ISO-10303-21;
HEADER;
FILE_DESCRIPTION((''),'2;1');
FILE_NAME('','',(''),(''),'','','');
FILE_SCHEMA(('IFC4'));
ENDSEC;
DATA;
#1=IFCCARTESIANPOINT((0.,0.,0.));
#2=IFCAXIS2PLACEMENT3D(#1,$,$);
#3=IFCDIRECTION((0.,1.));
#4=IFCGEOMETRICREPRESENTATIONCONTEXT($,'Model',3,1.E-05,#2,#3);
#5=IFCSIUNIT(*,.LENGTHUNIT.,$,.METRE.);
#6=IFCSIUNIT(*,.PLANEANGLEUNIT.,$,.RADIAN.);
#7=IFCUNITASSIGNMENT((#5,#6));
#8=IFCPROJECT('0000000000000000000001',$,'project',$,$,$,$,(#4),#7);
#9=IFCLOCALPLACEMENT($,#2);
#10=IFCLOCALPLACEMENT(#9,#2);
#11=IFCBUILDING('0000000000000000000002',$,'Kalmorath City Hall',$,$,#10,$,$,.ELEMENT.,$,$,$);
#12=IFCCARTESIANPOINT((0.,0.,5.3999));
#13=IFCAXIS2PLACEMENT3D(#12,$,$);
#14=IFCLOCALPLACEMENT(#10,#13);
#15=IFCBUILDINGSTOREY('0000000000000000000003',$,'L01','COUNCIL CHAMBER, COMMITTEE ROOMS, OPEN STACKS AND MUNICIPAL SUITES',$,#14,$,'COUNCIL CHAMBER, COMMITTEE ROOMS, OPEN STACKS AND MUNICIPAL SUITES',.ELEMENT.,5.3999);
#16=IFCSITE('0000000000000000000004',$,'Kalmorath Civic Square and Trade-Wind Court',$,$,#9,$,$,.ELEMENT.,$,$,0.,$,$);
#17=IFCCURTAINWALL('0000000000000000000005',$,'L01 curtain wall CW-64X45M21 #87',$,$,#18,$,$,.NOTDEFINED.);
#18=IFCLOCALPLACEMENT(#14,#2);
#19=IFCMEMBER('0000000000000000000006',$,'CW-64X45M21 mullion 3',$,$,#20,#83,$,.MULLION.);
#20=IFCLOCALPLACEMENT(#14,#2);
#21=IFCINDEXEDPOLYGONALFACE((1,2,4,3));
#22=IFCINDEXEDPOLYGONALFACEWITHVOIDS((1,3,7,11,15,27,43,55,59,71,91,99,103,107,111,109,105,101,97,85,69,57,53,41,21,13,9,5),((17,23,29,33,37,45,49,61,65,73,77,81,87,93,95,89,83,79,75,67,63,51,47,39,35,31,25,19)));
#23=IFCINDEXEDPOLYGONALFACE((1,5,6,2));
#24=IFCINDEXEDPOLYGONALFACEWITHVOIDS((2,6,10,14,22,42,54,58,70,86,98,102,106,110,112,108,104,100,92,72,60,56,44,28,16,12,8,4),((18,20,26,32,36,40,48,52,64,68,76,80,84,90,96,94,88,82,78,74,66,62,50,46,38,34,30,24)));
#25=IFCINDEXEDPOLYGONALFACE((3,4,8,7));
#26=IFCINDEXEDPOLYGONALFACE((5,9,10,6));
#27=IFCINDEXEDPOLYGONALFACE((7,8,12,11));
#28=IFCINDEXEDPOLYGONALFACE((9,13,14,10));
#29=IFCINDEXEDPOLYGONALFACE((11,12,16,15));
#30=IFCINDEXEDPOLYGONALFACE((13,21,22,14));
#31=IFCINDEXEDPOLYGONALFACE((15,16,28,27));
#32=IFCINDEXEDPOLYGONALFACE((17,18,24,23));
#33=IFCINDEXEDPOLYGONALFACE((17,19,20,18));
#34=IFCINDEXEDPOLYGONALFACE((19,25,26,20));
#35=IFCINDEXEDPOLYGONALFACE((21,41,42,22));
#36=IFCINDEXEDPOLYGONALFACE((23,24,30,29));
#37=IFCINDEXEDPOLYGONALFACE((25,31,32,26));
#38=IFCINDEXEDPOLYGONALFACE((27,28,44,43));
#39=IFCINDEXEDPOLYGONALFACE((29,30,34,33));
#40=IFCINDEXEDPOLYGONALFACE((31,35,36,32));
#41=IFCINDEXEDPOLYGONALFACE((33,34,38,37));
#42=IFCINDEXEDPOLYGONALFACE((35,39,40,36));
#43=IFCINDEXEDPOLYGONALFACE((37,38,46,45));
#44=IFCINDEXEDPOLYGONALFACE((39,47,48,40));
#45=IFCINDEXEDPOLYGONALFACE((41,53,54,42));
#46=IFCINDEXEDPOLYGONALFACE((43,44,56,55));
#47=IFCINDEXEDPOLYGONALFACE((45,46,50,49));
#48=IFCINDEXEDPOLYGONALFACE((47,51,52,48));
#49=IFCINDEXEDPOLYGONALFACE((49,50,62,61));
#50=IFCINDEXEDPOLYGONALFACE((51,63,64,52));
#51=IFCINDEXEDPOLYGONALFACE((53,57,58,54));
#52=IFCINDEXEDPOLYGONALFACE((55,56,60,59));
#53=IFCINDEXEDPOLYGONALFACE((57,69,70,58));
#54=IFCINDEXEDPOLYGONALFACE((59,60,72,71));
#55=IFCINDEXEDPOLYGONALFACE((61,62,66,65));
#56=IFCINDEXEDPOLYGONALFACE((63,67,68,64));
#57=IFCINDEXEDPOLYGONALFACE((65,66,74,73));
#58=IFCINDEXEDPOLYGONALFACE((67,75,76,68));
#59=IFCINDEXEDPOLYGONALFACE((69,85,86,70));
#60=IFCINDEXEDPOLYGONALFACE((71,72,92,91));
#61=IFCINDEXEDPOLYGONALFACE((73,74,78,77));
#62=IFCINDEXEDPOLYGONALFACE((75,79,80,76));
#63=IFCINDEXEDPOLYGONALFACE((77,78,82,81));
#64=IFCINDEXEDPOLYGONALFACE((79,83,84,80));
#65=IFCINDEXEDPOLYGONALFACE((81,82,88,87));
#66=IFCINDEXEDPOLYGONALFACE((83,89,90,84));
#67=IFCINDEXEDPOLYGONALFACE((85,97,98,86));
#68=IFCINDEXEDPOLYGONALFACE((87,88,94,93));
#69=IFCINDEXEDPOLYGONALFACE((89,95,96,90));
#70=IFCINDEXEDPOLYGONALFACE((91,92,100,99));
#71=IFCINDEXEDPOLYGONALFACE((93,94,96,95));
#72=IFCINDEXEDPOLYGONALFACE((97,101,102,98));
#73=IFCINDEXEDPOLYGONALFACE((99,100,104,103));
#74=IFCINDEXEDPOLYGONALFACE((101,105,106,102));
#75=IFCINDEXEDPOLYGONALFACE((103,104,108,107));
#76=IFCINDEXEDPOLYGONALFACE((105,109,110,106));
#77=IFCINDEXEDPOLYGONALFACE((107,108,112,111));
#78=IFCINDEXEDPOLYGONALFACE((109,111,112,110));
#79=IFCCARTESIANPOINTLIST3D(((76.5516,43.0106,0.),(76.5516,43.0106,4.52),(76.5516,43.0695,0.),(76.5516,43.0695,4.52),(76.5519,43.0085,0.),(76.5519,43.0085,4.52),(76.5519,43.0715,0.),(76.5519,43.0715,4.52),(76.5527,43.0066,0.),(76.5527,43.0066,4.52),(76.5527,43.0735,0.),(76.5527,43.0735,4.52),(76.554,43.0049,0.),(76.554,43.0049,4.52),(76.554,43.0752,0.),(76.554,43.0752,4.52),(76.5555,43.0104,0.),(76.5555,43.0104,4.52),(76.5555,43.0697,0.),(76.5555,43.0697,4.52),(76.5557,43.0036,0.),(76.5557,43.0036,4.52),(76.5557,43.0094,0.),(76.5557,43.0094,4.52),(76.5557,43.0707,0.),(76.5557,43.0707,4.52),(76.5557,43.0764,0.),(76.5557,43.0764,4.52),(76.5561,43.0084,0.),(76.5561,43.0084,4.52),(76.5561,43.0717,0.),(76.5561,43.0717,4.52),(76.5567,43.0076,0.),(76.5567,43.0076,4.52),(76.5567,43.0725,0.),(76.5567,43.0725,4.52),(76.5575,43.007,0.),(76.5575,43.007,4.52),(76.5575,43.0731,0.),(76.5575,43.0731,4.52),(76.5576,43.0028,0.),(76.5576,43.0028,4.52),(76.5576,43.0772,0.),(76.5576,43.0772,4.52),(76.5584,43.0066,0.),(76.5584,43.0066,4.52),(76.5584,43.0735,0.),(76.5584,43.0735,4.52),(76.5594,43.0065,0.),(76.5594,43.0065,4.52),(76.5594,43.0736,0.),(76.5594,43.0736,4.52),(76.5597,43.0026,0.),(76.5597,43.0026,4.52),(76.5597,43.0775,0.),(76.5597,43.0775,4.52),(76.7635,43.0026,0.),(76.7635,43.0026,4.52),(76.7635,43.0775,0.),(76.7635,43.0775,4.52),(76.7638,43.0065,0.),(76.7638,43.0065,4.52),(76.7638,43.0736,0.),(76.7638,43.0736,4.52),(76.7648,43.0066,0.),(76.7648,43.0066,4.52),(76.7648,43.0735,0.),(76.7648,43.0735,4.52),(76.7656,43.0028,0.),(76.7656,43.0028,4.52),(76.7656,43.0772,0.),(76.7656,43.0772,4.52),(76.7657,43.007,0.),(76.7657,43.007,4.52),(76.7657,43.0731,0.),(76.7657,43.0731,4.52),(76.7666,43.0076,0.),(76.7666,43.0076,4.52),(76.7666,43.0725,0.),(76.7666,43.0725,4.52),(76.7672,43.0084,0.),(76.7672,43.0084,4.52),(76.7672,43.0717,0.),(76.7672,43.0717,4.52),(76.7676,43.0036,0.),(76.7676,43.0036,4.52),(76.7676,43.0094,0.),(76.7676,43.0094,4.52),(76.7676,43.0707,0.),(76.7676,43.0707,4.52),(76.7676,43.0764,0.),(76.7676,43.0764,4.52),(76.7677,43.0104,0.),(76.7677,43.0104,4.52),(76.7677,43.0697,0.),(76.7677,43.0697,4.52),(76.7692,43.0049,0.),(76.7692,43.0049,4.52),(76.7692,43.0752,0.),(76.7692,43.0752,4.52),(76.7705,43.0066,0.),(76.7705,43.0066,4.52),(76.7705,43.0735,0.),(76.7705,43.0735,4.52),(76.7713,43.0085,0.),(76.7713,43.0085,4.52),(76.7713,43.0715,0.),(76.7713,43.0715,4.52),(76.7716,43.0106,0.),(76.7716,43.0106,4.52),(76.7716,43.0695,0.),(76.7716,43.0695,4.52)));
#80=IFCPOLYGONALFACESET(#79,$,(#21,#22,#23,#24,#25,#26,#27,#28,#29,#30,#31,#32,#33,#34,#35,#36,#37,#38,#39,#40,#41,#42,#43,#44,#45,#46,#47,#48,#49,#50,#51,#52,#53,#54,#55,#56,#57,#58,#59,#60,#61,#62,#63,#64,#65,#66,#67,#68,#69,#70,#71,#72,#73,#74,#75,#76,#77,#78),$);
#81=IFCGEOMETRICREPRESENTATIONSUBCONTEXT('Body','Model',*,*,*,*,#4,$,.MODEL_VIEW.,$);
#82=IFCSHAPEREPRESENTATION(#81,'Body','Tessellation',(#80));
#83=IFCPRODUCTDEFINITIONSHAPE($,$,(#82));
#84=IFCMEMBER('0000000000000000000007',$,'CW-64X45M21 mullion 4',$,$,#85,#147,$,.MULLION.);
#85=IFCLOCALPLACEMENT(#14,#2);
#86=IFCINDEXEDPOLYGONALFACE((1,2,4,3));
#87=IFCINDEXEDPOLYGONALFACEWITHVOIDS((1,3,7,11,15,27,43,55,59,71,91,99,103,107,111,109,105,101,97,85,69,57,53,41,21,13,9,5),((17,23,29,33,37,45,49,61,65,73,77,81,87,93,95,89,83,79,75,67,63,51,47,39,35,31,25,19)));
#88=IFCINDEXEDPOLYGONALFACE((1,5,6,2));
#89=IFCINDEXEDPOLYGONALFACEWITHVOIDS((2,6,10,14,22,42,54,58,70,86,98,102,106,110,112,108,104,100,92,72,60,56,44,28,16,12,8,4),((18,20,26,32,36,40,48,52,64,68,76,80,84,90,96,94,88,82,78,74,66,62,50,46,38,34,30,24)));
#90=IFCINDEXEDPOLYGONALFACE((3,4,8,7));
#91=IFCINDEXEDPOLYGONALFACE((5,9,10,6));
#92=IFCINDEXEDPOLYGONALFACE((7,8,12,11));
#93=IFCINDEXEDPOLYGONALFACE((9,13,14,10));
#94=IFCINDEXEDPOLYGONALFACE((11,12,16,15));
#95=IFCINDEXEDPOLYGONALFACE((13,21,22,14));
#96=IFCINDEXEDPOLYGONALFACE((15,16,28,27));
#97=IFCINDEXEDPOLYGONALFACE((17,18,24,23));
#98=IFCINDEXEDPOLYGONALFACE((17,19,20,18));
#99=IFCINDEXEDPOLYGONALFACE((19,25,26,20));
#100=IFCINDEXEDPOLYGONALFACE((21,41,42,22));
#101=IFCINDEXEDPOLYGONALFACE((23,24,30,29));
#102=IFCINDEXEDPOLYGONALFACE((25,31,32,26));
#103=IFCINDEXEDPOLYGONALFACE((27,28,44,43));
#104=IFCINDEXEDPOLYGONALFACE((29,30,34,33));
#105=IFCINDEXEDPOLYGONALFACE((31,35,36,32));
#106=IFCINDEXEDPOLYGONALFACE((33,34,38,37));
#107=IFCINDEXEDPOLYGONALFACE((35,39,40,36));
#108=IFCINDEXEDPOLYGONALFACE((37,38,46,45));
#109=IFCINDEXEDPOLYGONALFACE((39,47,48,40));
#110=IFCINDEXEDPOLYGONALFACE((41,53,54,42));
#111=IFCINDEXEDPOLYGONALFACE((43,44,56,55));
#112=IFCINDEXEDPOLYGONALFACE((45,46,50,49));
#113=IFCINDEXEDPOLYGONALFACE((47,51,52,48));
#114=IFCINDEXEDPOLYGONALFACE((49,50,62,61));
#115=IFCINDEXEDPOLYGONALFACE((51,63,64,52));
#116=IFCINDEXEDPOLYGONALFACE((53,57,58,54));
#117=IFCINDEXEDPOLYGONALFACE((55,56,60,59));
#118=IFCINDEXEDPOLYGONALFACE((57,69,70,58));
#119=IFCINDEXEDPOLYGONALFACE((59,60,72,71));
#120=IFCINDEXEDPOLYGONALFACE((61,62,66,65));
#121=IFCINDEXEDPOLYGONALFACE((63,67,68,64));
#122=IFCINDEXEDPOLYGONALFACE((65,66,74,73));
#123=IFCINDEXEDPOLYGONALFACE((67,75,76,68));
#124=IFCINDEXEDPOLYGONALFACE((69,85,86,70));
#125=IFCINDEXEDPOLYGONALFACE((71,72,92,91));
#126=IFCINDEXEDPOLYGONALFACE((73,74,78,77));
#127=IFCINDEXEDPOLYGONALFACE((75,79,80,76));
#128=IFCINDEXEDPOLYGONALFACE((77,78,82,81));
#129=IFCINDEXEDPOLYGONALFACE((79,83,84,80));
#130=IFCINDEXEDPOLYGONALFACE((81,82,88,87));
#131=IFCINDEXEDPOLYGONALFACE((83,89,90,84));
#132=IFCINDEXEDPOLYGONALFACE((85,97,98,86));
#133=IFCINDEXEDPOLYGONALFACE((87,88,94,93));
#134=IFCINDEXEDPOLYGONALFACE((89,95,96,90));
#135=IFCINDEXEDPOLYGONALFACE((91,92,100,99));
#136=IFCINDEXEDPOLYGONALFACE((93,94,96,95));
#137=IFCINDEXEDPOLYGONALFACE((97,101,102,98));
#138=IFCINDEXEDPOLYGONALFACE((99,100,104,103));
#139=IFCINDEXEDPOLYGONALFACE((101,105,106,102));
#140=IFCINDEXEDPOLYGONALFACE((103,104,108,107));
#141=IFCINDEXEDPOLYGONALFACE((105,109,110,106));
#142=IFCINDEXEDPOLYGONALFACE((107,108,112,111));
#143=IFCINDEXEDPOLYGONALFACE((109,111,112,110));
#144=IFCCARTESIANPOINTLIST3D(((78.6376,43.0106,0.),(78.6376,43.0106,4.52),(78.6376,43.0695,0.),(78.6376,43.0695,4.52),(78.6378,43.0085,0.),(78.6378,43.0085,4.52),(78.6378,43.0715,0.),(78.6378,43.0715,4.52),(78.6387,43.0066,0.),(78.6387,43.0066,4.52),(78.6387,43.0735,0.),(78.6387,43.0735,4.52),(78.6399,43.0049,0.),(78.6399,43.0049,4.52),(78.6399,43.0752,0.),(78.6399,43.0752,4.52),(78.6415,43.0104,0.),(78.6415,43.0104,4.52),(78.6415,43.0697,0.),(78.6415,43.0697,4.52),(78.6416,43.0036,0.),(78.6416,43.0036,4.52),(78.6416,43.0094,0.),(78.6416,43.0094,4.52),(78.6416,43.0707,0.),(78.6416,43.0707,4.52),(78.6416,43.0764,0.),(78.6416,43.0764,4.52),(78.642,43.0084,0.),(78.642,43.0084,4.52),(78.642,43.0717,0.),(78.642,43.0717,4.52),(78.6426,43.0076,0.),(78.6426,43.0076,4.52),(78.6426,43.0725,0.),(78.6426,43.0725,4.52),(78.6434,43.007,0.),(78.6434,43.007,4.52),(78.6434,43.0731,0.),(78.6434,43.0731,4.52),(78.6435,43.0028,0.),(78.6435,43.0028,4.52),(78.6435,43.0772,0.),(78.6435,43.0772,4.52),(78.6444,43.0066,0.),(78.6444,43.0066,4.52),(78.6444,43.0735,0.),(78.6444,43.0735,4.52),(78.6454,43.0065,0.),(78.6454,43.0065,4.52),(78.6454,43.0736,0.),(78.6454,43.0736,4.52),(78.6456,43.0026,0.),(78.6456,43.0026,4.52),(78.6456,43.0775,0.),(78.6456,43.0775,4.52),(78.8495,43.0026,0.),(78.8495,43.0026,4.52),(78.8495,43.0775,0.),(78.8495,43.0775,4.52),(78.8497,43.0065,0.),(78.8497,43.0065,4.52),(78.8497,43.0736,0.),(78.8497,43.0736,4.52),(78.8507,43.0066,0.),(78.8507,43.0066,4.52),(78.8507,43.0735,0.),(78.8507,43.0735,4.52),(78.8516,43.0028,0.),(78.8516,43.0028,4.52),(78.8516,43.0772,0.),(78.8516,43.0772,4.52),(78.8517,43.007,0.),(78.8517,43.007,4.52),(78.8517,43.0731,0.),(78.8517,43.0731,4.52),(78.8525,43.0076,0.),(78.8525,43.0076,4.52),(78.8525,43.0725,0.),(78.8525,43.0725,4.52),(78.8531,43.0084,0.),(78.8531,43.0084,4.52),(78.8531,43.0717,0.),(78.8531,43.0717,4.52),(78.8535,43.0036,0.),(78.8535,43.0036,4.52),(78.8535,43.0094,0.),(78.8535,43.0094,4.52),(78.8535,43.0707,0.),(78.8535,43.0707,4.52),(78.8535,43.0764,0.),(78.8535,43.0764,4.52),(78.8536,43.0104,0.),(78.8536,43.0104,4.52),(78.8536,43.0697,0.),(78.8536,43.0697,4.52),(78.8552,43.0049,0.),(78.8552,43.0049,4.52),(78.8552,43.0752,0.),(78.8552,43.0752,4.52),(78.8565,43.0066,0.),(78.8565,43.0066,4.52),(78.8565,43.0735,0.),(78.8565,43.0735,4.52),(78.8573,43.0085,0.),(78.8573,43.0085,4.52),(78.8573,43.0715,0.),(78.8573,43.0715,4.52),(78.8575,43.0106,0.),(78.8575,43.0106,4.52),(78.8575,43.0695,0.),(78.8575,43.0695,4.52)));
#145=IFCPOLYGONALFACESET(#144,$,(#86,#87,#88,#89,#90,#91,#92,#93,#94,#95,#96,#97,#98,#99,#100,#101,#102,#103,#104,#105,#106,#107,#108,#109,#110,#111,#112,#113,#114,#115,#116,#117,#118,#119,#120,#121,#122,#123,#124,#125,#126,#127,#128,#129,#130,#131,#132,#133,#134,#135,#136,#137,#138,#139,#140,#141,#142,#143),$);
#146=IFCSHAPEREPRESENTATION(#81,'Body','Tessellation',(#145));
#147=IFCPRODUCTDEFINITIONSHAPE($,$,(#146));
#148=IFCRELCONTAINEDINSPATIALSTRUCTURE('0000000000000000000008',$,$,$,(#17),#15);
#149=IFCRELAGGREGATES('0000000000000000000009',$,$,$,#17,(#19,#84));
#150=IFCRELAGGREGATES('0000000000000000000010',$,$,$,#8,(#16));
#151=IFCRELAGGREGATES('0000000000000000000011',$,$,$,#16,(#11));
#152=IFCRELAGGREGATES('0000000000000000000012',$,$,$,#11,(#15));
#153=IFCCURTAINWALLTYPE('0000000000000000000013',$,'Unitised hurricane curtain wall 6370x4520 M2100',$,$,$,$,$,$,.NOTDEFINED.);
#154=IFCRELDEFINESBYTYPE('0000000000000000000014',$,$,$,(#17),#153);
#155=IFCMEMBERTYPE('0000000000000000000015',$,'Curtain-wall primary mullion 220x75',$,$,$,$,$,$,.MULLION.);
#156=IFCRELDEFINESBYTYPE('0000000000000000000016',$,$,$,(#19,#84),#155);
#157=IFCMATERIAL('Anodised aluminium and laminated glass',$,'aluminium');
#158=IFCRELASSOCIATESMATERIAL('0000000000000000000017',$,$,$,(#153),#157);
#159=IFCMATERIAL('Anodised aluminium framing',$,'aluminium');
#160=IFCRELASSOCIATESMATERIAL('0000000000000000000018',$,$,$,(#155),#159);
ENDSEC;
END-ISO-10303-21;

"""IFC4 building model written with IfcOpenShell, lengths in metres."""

from ifc_helpers import new_model, si_unit, direction, frame, origin, origin_2d, place, context, subcontext, project, spatial, hollow_rectangle, extrude, material, material_profile, profile_set, type_object, element, aggregate, save


model = new_model("IFC4")

# Units and contexts
model_context = context("Model", 3, precision=1e-05, world=origin(), true_north=direction((0.0, 1.0)))
body_context = subcontext(model_context, "Body", "Model", "MODEL_VIEW")
ifc_project = project(units=[si_unit("LENGTHUNIT", "METRE"), si_unit("PLANEANGLEUNIT", "RADIAN")], contexts=[model_context])

# Site, building, storey
site_placement = place(None, origin())
site = spatial("IfcSite", under=ifc_project, at=site_placement, Name="Kalmorath Civic Square and Trade-Wind Court", CompositionType="ELEMENT", RefElevation=0.0)
building_placement = place(site_placement, origin())
building = spatial("IfcBuilding", under=site, at=building_placement, Name="Kalmorath City Hall", CompositionType="ELEMENT")
storey_placement = place(building_placement, frame((0.0, 0.0, 5.3999)))
storey = spatial("IfcBuildingStorey", under=building, at=storey_placement, Name="L01", Description="COUNCIL CHAMBER, COMMITTEE ROOMS, OPEN STACKS AND MUNICIPAL SUITES", LongName="COUNCIL CHAMBER, COMMITTEE ROOMS, OPEN STACKS AND MUNICIPAL SUITES", CompositionType="ELEMENT", Elevation=5.3999)

# Curtain wall, members
ifc_material_1 = material(Name="Anodised aluminium and laminated glass", Category="aluminium")
curtain_wall_type = type_object("IfcCurtainWallType", Name="Unitised hurricane curtain wall 6370x4520 M2100", PredefinedType="NOTDEFINED", material=ifc_material_1)
curtain_wall_placement = place(storey_placement, origin())
curtain_wall = element("IfcCurtainWall", 1, at=curtain_wall_placement, inside=storey, type_object=curtain_wall_type, Name="L01 curtain wall CW-64X45M21 #87", PredefinedType="NOTDEFINED")
ifc_material_2 = material(Name="Anodised aluminium framing", Category="aluminium")
ifc_material_profile_1 = material_profile(ifc_material_2, hollow_rectangle(XDim=0.075, YDim=0.22, WallThickness=0.0039, InnerFilletRadius=0.0039, OuterFilletRadius=0.0081, at=origin_2d()), Name="ALU-MUL-220X75X4")
ifc_profile_set_1 = profile_set([ifc_material_profile_1], Name="Anodised aluminium framing")
member_type_1 = type_object("IfcMemberType", Name="Curtain-wall primary mullion 220x75", PredefinedType="MULLION", material=ifc_profile_set_1)
member_1_placement = place(storey_placement, frame((76.6616, 43.04, 0.0), z_axis=(0.0, 0.0, 1.0), x_axis=(0.0, 1.0, 0.0)))
member_1 = element("IfcMember", 2, at=member_1_placement, type_object=member_type_1, Name="CW-64X45M21 mullion 3", PredefinedType="MULLION", context=body_context, shape_type="SweptSolid", body=[
    extrude(hollow_rectangle(XDim=0.075, YDim=0.22, WallThickness=0.0039, InnerFilletRadius=0.0039, OuterFilletRadius=0.0081, at=origin_2d()), origin(), (0.0, 0.0, 1.0), 4.52),
])
member_2_placement = place(storey_placement, frame((78.7476, 43.04, 0.0), z_axis=(0.0, 0.0, 1.0), x_axis=(0.0, 1.0, 0.0)))
member_2 = element("IfcMember", 3, at=member_2_placement, type_object=member_type_1, Name="CW-64X45M21 mullion 4", PredefinedType="MULLION", context=body_context, shape_type="SweptSolid", body=[
    extrude(hollow_rectangle(XDim=0.075, YDim=0.22, WallThickness=0.0039, InnerFilletRadius=0.0039, OuterFilletRadius=0.0081, at=origin_2d()), origin(), (0.0, 0.0, 1.0), 4.52),
])
aggregate(curtain_wall, [member_1, member_2])

save(model, "model.ifc")
